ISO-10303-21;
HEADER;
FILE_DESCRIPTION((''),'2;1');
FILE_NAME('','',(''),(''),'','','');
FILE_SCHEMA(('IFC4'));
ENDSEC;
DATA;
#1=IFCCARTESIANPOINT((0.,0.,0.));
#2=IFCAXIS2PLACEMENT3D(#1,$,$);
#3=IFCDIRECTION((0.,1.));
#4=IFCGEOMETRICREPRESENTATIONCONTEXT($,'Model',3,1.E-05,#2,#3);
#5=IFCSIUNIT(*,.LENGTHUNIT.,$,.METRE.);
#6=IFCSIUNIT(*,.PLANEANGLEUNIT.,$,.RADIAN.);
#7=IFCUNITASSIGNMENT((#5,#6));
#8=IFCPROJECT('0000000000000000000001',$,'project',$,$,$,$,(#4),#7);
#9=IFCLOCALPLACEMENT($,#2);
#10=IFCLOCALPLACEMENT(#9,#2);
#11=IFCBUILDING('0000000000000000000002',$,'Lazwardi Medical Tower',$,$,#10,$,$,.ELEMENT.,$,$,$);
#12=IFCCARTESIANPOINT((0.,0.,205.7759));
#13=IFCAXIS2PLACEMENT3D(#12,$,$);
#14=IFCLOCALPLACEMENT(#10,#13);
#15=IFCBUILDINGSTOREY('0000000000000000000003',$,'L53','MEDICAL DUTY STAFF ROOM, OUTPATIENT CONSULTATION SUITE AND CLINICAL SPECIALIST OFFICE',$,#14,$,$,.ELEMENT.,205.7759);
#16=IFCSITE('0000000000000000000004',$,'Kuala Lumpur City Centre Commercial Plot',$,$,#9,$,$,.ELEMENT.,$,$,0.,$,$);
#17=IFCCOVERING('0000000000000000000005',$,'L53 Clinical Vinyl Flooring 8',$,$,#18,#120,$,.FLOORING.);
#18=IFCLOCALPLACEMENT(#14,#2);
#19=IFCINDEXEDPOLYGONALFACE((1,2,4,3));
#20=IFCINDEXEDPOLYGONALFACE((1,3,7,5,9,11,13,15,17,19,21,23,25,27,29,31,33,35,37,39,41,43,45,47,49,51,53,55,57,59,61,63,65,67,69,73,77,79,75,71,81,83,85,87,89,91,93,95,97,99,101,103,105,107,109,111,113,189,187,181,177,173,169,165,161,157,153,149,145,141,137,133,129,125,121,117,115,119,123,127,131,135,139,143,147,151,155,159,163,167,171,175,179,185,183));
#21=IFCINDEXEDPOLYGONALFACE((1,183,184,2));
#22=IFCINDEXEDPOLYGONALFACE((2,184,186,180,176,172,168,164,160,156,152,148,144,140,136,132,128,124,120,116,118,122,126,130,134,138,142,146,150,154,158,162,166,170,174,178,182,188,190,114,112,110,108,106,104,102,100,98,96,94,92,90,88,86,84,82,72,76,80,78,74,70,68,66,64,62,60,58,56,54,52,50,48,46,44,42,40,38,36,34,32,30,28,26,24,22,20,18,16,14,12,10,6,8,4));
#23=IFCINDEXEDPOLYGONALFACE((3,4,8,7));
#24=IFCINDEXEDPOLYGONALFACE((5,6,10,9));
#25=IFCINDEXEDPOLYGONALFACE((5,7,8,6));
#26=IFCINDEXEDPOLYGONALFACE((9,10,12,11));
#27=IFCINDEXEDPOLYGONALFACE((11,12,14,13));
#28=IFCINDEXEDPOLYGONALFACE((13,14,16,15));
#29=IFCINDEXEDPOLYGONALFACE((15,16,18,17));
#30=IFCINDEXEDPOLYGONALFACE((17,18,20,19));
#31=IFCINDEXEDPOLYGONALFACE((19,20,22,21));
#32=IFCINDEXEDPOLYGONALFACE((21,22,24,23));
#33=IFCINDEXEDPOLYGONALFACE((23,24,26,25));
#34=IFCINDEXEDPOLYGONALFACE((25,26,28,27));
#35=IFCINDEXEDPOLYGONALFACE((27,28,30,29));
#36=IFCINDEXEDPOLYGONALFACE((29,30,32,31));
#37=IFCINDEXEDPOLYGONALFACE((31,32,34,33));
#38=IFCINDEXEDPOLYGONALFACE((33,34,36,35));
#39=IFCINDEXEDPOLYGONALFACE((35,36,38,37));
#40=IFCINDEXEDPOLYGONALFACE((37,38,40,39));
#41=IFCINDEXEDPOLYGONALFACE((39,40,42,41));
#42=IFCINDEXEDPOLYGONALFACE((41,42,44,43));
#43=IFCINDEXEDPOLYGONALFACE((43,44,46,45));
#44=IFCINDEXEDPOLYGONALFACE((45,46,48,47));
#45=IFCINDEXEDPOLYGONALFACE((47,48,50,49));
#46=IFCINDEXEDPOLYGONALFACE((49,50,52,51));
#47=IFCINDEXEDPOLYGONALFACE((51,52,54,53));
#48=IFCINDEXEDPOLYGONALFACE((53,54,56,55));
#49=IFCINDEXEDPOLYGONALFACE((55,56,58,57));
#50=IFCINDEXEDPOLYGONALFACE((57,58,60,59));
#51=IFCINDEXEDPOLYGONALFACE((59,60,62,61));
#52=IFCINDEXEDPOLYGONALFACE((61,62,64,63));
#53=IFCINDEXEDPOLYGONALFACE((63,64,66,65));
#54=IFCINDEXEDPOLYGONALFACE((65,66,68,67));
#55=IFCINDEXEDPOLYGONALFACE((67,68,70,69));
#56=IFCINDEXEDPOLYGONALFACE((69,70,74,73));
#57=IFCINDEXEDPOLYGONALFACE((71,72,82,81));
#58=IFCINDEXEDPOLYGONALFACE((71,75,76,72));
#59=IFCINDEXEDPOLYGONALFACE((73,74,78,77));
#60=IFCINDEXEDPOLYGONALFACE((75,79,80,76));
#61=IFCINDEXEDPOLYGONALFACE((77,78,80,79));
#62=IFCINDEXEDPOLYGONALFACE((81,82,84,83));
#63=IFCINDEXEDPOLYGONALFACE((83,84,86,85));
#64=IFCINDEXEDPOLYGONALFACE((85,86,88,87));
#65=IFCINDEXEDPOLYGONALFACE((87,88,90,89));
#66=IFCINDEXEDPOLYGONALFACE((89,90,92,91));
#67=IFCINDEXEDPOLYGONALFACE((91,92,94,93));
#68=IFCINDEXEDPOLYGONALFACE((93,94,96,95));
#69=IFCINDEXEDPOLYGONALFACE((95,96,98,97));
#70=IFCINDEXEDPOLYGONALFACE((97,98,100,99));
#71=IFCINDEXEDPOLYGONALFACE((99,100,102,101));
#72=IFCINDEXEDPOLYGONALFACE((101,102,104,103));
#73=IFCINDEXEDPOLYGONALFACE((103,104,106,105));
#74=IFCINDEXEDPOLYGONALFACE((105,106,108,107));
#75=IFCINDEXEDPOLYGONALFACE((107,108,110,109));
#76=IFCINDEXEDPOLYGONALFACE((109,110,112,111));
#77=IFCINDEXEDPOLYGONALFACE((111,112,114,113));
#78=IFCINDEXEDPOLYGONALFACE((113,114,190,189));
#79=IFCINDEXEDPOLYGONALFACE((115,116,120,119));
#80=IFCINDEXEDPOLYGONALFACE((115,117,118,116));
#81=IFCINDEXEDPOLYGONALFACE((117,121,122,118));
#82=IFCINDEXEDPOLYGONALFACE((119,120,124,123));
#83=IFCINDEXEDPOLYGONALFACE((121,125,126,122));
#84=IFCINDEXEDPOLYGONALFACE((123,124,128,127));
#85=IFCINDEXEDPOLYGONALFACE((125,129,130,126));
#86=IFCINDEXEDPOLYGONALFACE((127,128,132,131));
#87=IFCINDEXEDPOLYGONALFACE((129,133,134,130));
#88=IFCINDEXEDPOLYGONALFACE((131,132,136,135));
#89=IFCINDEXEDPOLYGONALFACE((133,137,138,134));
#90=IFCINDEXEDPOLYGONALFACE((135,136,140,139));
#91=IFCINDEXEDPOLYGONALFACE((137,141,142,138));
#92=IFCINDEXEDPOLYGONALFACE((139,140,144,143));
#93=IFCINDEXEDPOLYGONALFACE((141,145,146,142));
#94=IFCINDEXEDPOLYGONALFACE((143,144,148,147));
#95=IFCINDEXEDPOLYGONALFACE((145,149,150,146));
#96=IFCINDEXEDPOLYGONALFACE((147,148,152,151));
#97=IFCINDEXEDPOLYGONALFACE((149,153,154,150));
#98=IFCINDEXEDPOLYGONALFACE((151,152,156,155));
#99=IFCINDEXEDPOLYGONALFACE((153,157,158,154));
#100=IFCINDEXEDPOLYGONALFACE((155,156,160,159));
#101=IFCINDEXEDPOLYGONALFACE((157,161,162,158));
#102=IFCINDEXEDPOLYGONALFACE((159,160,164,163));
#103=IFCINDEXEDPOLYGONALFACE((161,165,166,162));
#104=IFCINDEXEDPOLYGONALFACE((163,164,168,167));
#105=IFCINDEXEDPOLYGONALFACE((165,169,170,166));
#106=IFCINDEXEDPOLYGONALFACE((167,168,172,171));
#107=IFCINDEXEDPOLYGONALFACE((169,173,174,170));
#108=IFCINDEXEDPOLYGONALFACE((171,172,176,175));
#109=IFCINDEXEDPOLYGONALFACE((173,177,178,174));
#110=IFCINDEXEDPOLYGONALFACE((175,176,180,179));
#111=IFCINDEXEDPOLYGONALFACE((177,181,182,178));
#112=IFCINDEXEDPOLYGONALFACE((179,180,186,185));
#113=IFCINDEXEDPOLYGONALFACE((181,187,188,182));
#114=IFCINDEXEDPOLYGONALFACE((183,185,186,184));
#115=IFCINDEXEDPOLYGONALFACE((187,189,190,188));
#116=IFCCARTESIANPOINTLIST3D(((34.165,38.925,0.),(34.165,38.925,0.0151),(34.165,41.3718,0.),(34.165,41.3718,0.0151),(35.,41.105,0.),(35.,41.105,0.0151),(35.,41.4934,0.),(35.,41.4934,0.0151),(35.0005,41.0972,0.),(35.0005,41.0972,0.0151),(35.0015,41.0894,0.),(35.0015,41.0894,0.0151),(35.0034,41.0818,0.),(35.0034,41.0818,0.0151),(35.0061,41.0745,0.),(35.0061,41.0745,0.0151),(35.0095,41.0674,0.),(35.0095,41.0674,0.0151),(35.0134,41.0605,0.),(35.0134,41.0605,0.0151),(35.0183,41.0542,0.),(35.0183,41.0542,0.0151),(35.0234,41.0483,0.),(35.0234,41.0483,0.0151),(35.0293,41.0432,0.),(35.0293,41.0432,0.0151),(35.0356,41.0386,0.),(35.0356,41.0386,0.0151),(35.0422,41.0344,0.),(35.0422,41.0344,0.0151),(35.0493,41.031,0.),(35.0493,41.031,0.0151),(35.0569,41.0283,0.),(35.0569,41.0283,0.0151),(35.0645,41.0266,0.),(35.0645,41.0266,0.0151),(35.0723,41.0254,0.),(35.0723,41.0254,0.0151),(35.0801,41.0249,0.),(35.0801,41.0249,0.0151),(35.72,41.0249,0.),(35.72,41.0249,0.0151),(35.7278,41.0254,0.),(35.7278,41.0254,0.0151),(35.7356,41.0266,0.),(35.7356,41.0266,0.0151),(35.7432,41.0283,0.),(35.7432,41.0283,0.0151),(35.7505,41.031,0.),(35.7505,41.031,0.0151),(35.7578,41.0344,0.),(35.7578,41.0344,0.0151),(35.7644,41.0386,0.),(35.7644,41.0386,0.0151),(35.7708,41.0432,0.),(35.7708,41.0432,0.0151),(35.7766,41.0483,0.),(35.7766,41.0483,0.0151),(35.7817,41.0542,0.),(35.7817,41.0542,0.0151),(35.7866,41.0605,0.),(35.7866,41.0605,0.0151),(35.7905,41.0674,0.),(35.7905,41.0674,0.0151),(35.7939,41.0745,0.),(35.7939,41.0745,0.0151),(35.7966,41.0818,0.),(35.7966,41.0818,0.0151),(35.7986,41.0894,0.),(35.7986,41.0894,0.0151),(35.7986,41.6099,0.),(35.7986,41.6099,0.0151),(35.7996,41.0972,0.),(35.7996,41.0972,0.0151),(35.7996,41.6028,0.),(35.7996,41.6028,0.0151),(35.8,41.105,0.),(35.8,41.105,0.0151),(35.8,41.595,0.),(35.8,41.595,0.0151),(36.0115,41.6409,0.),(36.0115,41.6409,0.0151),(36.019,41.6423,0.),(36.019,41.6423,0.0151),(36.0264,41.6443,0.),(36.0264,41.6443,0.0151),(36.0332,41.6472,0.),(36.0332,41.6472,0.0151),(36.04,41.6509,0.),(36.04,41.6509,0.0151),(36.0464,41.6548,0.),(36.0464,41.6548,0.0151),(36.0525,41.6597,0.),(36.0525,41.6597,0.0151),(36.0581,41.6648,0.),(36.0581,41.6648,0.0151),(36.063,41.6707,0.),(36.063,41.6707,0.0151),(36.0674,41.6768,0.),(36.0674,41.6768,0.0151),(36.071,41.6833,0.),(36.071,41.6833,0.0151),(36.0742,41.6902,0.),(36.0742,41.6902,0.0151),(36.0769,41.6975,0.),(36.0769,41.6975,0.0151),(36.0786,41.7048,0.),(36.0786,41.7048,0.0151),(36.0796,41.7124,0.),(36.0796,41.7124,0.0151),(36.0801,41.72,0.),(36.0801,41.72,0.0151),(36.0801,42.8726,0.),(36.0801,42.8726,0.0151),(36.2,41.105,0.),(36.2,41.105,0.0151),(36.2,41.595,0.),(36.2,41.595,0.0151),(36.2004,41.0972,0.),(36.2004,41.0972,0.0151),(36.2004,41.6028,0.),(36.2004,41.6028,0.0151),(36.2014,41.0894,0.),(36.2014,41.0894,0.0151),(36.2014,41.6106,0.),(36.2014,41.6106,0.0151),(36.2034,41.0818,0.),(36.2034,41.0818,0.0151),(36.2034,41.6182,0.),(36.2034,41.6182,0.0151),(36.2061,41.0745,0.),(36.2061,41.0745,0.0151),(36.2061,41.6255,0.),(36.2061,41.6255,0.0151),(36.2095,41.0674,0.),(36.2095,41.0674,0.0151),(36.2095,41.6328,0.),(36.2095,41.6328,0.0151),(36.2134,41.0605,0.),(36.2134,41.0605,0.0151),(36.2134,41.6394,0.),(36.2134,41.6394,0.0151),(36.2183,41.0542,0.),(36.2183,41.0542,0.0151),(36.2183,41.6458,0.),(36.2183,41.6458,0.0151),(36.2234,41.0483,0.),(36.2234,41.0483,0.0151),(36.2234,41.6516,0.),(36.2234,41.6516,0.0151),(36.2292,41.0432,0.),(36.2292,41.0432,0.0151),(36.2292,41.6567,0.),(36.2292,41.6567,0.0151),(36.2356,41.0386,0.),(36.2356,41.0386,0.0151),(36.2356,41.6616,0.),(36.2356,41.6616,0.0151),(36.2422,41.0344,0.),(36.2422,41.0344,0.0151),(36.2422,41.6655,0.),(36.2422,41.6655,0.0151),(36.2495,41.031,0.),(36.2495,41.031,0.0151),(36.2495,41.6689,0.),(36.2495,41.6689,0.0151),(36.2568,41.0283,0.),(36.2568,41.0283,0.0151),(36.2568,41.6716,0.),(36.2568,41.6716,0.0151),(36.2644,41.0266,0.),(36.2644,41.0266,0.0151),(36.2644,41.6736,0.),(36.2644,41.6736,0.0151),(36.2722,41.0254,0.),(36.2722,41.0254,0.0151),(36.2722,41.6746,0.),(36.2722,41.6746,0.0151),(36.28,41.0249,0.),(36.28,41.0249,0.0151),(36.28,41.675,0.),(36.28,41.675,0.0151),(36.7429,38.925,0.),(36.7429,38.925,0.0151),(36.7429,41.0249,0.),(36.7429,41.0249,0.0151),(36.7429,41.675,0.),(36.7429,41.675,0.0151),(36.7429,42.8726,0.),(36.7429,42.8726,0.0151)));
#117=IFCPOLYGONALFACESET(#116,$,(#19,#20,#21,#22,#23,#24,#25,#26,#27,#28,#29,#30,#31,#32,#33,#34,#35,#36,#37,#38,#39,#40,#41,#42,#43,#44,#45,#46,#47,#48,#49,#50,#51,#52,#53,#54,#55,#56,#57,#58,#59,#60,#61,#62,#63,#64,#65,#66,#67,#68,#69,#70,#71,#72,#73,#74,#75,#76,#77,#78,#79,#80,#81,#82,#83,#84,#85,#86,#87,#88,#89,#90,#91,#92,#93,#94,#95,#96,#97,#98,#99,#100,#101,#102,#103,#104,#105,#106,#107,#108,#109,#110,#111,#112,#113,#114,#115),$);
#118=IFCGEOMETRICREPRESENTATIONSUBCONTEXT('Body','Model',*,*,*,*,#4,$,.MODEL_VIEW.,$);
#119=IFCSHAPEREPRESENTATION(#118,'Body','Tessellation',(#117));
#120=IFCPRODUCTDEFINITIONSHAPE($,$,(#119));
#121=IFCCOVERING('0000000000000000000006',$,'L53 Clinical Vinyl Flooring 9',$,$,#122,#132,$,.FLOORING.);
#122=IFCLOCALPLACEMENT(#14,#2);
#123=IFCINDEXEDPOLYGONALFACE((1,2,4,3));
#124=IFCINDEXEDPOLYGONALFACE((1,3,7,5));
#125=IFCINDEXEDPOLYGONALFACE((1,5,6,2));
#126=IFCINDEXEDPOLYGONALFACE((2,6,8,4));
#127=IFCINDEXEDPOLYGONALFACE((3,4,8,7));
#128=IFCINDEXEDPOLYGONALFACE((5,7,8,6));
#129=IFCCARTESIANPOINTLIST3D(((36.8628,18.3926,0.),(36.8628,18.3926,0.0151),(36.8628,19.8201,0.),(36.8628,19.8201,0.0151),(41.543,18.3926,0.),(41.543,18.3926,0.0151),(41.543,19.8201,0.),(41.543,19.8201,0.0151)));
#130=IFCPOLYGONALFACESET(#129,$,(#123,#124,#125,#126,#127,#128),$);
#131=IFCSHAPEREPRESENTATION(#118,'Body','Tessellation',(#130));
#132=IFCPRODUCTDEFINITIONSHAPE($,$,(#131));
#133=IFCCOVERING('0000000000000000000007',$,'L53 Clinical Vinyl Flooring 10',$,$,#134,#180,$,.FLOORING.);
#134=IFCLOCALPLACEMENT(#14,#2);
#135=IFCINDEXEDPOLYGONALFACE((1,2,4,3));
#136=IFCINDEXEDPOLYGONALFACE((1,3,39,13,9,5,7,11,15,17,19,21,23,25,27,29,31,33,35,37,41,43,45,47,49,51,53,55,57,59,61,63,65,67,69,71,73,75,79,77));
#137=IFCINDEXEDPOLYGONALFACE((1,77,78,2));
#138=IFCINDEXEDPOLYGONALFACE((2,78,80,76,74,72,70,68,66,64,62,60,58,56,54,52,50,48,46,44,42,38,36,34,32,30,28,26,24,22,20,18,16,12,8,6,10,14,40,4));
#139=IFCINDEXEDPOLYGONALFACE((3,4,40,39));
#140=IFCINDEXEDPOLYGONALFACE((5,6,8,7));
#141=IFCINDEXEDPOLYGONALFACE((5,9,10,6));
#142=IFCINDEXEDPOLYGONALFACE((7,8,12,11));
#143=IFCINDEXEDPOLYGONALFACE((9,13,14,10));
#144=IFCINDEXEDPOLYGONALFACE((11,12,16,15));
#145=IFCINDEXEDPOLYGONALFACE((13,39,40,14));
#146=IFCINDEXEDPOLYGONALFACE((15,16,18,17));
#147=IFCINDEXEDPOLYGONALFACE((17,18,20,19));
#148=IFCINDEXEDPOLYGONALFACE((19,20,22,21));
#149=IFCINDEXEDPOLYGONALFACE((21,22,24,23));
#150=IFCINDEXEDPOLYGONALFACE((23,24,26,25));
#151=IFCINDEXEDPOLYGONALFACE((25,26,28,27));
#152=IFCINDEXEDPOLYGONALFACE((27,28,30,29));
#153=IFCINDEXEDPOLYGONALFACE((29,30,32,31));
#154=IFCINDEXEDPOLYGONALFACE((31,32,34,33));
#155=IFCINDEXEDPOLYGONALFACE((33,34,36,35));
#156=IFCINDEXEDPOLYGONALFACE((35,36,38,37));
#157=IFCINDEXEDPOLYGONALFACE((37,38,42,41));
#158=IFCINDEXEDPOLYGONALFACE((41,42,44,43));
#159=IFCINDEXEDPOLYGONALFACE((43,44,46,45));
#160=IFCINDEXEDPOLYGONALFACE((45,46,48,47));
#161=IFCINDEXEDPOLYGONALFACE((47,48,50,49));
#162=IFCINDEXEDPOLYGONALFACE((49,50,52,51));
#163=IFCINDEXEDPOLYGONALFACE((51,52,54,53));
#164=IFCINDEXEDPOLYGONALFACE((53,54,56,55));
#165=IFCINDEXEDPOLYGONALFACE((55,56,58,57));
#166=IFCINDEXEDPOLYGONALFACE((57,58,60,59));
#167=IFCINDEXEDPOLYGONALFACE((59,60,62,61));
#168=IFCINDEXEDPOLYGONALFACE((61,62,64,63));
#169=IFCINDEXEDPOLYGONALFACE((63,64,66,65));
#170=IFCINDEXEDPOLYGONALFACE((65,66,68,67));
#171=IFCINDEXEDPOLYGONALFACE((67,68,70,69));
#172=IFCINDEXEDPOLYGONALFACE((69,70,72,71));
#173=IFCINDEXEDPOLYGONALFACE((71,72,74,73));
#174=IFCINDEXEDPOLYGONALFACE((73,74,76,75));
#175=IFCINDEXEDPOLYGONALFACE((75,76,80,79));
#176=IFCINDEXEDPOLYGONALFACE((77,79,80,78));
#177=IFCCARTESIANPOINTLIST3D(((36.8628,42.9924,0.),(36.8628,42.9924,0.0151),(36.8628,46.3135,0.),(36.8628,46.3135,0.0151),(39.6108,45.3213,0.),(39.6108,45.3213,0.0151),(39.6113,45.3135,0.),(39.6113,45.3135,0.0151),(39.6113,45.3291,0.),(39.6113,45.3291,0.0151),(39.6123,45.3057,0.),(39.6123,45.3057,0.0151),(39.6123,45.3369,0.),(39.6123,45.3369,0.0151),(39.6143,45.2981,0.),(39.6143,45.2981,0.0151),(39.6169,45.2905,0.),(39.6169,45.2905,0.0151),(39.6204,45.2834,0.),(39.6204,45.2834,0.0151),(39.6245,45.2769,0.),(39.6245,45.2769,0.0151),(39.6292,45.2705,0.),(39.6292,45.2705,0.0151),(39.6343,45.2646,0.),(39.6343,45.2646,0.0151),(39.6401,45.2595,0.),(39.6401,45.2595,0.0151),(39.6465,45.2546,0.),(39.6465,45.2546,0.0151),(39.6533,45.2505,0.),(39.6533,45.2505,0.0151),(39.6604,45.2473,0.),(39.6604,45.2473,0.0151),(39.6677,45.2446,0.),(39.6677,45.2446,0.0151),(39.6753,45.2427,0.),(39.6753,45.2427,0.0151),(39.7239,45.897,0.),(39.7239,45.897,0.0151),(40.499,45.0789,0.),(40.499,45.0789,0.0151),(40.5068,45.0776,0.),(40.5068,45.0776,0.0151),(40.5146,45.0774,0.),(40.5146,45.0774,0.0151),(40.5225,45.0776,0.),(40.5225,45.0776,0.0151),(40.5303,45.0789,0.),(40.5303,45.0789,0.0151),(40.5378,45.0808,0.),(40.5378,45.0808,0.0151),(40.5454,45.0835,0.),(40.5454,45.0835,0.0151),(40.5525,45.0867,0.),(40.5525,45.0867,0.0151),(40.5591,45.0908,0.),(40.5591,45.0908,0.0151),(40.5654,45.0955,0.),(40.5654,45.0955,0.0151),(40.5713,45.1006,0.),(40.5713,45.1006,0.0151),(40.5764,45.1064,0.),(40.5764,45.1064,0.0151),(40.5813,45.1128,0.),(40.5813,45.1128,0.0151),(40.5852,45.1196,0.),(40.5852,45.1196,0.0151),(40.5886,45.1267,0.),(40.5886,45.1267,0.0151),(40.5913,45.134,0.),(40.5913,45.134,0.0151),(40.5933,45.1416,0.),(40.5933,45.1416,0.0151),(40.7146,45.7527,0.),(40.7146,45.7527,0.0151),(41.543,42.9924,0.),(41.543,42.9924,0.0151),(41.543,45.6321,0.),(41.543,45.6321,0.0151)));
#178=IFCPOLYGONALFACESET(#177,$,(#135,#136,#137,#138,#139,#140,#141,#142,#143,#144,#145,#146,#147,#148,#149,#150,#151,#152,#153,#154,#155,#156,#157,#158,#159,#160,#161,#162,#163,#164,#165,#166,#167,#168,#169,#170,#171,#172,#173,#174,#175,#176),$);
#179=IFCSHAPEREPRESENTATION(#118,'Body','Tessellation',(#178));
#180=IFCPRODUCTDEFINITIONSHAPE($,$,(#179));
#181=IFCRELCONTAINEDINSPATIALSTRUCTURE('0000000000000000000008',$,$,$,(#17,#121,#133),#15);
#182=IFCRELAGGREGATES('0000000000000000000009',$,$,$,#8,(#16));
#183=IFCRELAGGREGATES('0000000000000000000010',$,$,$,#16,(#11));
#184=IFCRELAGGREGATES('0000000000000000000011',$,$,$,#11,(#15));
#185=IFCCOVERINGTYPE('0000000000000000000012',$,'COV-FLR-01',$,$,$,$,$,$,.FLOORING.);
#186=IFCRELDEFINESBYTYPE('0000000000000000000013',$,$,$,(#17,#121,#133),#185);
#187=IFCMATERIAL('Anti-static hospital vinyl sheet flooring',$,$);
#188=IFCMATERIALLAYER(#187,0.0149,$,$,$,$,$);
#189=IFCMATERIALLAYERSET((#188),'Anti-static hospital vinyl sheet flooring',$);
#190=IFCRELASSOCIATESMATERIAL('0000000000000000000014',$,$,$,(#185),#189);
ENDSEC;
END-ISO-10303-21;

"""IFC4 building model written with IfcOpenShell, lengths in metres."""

from ifc_helpers import new_model, si_unit, direction, frame, origin, place, context, subcontext, project, spatial, polyline, outline, extrude, material, layer, layer_set, type_object, element, save


model = new_model("IFC4")

# Units and contexts
model_context = context("Model", 3, precision=1e-05, world=origin(), true_north=direction((0.0, 1.0)))
body_context = subcontext(model_context, "Body", "Model", "MODEL_VIEW")
ifc_project = project(units=[si_unit("LENGTHUNIT", "METRE"), si_unit("PLANEANGLEUNIT", "RADIAN")], contexts=[model_context])

# Site, building, storey
site_placement = place(None, origin())
site = spatial("IfcSite", under=ifc_project, at=site_placement, Name="Kuala Lumpur City Centre Commercial Plot", CompositionType="ELEMENT", RefElevation=0.0)
building_placement = place(site_placement, origin())
building = spatial("IfcBuilding", under=site, at=building_placement, Name="Lazwardi Medical Tower", CompositionType="ELEMENT")
storey_placement = place(building_placement, frame((0.0, 0.0, 205.7759)))
storey = spatial("IfcBuildingStorey", under=building, at=storey_placement, Name="L53", Description="MEDICAL DUTY STAFF ROOM, OUTPATIENT CONSULTATION SUITE AND CLINICAL SPECIALIST OFFICE", CompositionType="ELEMENT", Elevation=205.7759)

# Coverings
ifc_material_1 = material(Name="Anti-static hospital vinyl sheet flooring")
ifc_layer_1 = layer(ifc_material_1, 0.0149)
ifc_layer_set_1 = layer_set([ifc_layer_1], Name="Anti-static hospital vinyl sheet flooring")
covering_type_1 = type_object("IfcCoveringType", Name="COV-FLR-01", PredefinedType="FLOORING", material=ifc_layer_set_1)
covering_1_placement = place(storey_placement, origin())
element("IfcCovering", 1, at=covering_1_placement, inside=storey, type_object=covering_type_1, Name="L53 Clinical Vinyl Flooring 8", PredefinedType="FLOORING", context=body_context, shape_type="SweptSolid", body=[
    extrude(outline(polyline([(36.7429, 41.0249), (36.28, 41.0249), (36.2722, 41.0254), (36.2644, 41.0266), (36.2568, 41.0283), (36.2495, 41.031), (36.2422, 41.0344), (36.2356, 41.0386), (36.2292, 41.0432), (36.2234, 41.0483), (36.2183, 41.0542), (36.2134, 41.0605), (36.2095, 41.0674), (36.2061, 41.0745), (36.2034, 41.0818), (36.2014, 41.0894), (36.2004, 41.0972), (36.2, 41.105), (36.2, 41.595), (36.2004, 41.6028), (36.2014, 41.6106), (36.2034, 41.6182), (36.2061, 41.6255), (36.2095, 41.6328), (36.2134, 41.6394), (36.2183, 41.6458), (36.2234, 41.6516), (36.2292, 41.6567), (36.2356, 41.6616), (36.2422, 41.6655), (36.2495, 41.6689), (36.2568, 41.6716), (36.2644, 41.6736), (36.2722, 41.6746), (36.28, 41.675), (36.7429, 41.675), (36.7429, 42.8726), (36.0801, 42.8726), (36.0801, 41.72), (36.0796, 41.7124), (36.0786, 41.7048), (36.0769, 41.6975), (36.0742, 41.6902), (36.071, 41.6833), (36.0674, 41.6768), (36.063, 41.6707), (36.0581, 41.6648), (36.0525, 41.6597), (36.0464, 41.6548), (36.04, 41.6509), (36.0332, 41.6472), (36.0264, 41.6443), (36.019, 41.6423), (36.0115, 41.6409), (35.7986, 41.6099), (35.7996, 41.6028), (35.8, 41.595), (35.8, 41.105), (35.7996, 41.0972), (35.7986, 41.0894), (35.7966, 41.0818), (35.7939, 41.0745), (35.7905, 41.0674), (35.7866, 41.0605), (35.7817, 41.0542), (35.7766, 41.0483), (35.7708, 41.0432), (35.7644, 41.0386), (35.7578, 41.0344), (35.7505, 41.031), (35.7432, 41.0283), (35.7356, 41.0266), (35.7278, 41.0254), (35.72, 41.0249), (35.0801, 41.0249), (35.0723, 41.0254), (35.0645, 41.0266), (35.0569, 41.0283), (35.0493, 41.031), (35.0422, 41.0344), (35.0356, 41.0386), (35.0293, 41.0432), (35.0234, 41.0483), (35.0183, 41.0542), (35.0134, 41.0605), (35.0095, 41.0674), (35.0061, 41.0745), (35.0034, 41.0818), (35.0015, 41.0894), (35.0005, 41.0972), (35.0, 41.105), (35.0, 41.4934), (34.165, 41.3718), (34.165, 38.925), (36.7429, 38.925), (36.7429, 41.0249)])), origin(), (0.0, 0.0, 1.0), 0.0151),
])
covering_2_placement = place(storey_placement, origin())
element("IfcCovering", 2, at=covering_2_placement, inside=storey, type_object=covering_type_1, Name="L53 Clinical Vinyl Flooring 9", PredefinedType="FLOORING", context=body_context, shape_type="SweptSolid", body=[
    extrude(outline(polyline([(41.543, 19.8201), (36.8628, 19.8201), (36.8628, 18.3926), (41.543, 18.3926), (41.543, 19.8201)])), origin(), (0.0, 0.0, 1.0), 0.0151),
])
covering_3_placement = place(storey_placement, origin())
element("IfcCovering", 3, at=covering_3_placement, inside=storey, type_object=covering_type_1, Name="L53 Clinical Vinyl Flooring 10", PredefinedType="FLOORING", context=body_context, shape_type="SweptSolid", body=[
    extrude(outline(polyline([(41.543, 45.6321), (40.7146, 45.7527), (40.5933, 45.1416), (40.5913, 45.134), (40.5886, 45.1267), (40.5852, 45.1196), (40.5813, 45.1128), (40.5764, 45.1064), (40.5713, 45.1006), (40.5654, 45.0955), (40.5591, 45.0908), (40.5525, 45.0867), (40.5454, 45.0835), (40.5378, 45.0808), (40.5303, 45.0789), (40.5225, 45.0776), (40.5146, 45.0774), (40.5068, 45.0776), (40.499, 45.0789), (39.6753, 45.2427), (39.6677, 45.2446), (39.6604, 45.2473), (39.6533, 45.2505), (39.6465, 45.2546), (39.6401, 45.2595), (39.6343, 45.2646), (39.6292, 45.2705), (39.6245, 45.2769), (39.6204, 45.2834), (39.6169, 45.2905), (39.6143, 45.2981), (39.6123, 45.3057), (39.6113, 45.3135), (39.6108, 45.3213), (39.6113, 45.3291), (39.6123, 45.3369), (39.7239, 45.897), (36.8628, 46.3135), (36.8628, 42.9924), (41.543, 42.9924), (41.543, 45.6321)])), origin(), (0.0, 0.0, 1.0), 0.0151),
])

save(model, "model.ifc")
